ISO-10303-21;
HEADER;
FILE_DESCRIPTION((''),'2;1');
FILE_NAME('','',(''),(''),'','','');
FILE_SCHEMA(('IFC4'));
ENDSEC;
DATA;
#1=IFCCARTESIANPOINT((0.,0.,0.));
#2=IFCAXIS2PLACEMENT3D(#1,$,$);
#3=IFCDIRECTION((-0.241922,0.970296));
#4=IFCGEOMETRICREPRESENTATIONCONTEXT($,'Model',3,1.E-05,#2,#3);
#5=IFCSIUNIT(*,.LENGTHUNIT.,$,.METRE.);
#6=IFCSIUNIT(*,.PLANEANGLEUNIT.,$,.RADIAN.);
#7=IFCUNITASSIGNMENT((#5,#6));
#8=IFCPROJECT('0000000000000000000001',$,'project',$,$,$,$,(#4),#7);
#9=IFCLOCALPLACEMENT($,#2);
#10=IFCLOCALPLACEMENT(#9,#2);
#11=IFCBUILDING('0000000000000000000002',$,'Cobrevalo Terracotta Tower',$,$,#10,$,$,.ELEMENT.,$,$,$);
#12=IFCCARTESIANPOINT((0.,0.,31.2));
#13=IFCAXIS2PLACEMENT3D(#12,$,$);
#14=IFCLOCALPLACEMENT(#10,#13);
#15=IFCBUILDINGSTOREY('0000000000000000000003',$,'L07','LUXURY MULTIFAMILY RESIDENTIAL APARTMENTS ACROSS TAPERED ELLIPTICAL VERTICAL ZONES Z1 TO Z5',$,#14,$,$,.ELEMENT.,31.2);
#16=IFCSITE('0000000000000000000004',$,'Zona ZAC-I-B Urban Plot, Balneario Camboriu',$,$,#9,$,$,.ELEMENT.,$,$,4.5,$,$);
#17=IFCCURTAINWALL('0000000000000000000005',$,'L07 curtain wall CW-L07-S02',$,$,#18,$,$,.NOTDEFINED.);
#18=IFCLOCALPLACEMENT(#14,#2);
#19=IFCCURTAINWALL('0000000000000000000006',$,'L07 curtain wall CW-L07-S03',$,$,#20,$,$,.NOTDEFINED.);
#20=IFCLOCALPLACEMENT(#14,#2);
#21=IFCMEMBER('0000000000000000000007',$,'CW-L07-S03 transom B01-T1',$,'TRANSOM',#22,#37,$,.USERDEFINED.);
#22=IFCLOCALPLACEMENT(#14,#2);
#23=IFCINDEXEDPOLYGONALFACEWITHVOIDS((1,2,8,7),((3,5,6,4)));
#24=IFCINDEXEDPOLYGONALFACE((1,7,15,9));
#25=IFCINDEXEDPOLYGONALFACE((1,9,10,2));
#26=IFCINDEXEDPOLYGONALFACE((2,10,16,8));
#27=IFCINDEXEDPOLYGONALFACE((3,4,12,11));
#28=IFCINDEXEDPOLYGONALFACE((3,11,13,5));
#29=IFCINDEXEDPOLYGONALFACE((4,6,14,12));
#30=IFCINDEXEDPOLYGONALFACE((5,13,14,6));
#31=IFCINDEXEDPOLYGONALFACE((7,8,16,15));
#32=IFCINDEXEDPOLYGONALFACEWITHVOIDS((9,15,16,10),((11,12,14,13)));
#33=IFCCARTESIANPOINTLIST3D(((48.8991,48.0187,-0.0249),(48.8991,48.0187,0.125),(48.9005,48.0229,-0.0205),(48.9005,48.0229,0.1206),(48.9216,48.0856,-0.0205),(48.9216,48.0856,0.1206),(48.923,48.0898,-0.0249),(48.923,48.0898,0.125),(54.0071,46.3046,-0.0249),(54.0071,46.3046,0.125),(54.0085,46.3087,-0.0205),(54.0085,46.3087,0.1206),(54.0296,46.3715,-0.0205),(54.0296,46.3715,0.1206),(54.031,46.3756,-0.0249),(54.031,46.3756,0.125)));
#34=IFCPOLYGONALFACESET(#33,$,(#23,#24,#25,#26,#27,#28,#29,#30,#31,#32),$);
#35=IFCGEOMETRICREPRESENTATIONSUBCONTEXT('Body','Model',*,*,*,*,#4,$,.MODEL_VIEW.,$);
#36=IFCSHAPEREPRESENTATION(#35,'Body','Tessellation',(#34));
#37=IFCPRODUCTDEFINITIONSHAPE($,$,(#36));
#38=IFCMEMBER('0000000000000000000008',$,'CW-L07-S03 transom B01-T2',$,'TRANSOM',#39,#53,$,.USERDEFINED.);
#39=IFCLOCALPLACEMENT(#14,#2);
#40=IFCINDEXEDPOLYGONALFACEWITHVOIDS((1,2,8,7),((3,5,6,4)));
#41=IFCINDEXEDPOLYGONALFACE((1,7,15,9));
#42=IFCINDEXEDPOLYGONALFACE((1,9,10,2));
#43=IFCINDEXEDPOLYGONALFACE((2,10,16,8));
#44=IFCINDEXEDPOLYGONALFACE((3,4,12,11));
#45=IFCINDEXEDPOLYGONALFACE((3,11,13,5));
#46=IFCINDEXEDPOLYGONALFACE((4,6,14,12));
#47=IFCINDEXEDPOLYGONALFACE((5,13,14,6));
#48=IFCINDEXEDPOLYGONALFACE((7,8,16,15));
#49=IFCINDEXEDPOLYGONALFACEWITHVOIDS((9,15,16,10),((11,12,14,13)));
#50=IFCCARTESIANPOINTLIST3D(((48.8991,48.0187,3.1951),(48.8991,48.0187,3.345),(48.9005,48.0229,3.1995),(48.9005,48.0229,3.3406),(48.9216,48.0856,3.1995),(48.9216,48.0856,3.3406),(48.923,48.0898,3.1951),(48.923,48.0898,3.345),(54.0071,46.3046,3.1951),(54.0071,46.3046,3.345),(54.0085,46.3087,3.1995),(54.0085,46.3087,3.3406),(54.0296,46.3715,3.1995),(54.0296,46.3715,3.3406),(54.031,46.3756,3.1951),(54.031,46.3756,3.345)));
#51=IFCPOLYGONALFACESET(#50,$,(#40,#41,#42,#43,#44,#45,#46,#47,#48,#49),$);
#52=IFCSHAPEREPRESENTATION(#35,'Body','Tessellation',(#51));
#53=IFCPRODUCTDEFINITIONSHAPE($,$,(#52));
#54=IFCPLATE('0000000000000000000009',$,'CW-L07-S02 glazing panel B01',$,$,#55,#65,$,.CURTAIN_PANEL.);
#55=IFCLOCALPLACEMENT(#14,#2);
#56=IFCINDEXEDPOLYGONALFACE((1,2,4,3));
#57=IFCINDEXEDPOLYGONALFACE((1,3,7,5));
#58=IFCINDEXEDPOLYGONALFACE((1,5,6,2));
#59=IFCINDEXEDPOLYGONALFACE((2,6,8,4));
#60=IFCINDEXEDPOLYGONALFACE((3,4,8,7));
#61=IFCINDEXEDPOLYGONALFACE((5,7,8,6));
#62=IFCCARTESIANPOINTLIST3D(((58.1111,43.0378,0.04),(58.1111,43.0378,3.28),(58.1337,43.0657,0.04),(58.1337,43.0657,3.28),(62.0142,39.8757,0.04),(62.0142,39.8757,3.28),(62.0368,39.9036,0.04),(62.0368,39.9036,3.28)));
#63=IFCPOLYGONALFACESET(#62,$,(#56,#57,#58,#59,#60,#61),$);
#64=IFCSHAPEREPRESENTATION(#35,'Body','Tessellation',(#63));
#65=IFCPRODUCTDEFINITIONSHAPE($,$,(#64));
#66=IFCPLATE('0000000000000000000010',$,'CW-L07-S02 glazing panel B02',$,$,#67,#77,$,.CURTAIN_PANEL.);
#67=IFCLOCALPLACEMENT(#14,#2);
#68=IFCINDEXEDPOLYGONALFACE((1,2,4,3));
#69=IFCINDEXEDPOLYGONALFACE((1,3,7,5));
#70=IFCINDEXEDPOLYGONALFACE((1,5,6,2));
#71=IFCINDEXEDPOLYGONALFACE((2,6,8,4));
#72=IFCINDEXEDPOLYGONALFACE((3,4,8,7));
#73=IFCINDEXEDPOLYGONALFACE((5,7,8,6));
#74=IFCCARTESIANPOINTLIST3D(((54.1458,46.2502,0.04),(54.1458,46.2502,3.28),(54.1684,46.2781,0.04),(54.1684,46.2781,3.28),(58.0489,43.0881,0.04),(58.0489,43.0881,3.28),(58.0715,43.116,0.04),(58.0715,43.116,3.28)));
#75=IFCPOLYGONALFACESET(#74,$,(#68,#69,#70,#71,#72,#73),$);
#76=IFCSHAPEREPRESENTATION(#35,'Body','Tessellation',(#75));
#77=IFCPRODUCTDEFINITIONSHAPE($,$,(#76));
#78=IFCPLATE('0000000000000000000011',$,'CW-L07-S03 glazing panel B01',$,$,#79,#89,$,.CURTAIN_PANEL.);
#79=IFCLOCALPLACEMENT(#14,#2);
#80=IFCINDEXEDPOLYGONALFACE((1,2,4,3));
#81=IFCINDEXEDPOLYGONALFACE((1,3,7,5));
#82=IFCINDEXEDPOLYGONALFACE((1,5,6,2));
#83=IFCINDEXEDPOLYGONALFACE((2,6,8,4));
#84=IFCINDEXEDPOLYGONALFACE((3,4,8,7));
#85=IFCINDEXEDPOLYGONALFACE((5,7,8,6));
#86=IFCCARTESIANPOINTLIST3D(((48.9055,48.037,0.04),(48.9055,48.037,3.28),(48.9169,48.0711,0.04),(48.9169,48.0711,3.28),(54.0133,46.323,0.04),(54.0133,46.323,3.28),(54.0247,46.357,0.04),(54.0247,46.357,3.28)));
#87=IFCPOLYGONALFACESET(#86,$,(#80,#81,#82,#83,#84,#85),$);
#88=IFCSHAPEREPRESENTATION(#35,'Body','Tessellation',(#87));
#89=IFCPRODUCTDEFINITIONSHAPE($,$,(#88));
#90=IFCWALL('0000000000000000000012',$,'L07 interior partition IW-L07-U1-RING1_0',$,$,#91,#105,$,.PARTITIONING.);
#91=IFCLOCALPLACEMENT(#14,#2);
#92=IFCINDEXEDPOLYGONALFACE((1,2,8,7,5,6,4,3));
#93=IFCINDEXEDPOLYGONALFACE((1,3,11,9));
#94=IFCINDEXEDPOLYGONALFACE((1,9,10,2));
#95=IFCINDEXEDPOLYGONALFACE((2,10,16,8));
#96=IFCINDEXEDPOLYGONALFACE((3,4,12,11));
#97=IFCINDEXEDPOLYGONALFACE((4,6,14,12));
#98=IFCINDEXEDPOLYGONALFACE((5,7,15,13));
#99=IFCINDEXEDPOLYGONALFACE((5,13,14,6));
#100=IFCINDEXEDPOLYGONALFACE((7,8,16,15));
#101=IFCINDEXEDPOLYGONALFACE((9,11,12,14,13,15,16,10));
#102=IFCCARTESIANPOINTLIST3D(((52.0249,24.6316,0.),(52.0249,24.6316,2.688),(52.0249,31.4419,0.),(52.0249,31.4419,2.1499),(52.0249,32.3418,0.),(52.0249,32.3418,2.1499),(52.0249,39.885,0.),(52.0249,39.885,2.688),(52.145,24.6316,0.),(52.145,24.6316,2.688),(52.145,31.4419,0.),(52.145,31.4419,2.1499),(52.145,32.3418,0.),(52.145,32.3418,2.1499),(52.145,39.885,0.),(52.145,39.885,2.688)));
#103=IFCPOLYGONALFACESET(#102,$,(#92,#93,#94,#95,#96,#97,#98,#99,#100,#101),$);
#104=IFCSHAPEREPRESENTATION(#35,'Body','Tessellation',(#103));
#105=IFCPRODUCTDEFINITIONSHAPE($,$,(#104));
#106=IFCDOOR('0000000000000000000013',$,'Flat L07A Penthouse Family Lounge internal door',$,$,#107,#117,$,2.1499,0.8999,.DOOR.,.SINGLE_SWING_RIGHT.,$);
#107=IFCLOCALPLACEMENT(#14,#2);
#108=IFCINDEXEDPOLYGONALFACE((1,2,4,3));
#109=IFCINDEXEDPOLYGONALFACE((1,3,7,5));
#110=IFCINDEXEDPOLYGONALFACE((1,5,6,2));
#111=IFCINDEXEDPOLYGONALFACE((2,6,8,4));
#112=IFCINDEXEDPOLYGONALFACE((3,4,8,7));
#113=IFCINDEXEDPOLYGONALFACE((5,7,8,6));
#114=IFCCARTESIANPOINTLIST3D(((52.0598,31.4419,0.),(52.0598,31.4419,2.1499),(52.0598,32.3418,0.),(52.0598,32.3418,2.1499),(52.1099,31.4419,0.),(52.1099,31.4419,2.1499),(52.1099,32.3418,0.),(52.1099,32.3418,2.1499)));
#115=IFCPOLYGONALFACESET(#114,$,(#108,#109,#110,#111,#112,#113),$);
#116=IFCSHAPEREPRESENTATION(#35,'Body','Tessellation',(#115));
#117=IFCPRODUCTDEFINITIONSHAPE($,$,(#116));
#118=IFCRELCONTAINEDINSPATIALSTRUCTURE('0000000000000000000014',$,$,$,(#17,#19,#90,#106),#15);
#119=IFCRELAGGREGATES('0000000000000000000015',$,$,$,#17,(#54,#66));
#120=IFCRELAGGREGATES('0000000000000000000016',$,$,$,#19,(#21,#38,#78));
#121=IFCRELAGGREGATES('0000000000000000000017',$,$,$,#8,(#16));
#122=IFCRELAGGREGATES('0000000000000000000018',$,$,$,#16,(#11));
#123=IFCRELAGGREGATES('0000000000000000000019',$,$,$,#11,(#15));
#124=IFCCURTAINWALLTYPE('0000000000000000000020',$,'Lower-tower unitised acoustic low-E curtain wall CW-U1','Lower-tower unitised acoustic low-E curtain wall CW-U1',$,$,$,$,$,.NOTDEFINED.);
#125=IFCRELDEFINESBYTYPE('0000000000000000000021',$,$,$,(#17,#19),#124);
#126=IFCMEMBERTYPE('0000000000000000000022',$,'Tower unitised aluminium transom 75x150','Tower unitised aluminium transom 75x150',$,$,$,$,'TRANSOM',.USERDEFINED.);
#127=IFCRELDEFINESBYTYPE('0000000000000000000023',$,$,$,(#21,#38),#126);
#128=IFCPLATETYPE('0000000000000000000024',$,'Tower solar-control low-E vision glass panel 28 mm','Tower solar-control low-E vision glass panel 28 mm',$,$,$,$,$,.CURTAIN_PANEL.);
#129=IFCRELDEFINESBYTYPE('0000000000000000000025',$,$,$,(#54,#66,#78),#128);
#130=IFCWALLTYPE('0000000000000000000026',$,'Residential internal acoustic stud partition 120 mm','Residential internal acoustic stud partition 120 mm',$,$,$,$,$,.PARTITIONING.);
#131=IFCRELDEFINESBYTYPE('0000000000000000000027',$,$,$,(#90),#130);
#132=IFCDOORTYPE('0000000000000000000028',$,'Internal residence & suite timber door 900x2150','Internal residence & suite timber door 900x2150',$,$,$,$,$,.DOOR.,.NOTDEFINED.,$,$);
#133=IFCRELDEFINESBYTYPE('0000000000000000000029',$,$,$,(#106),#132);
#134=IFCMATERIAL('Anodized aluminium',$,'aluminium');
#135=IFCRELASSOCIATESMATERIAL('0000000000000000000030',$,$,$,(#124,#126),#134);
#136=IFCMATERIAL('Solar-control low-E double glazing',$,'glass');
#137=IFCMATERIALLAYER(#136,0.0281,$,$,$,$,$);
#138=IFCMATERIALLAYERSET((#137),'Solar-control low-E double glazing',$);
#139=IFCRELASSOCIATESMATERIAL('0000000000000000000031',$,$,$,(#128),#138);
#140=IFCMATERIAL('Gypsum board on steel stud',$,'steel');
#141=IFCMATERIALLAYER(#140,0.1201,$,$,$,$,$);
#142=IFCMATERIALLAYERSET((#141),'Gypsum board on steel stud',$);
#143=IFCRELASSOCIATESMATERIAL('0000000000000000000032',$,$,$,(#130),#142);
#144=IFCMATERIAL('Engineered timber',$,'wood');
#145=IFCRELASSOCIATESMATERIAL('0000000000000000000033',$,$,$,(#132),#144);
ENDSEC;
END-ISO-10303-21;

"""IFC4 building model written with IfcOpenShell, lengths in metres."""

from ifc_helpers import new_model, si_unit, direction, frame, frame_2d, origin, origin_2d, place, context, subcontext, project, spatial, rectangle, hollow_rectangle, extrude, source, transform, mapped, material, layer, layer_set, material_profile, profile_set, type_object, element, fill, aggregate, save


model = new_model("IFC4")

# Units and contexts
model_context = context("Model", 3, precision=1e-05, world=origin(), true_north=direction((-0.241922, 0.970296)))
body_context = subcontext(model_context, "Body", "Model", "MODEL_VIEW")
ifc_project = project(units=[si_unit("LENGTHUNIT", "METRE"), si_unit("PLANEANGLEUNIT", "RADIAN")], contexts=[model_context])

# Site, building, storey
site_placement = place(None, origin())
site = spatial("IfcSite", under=ifc_project, at=site_placement, Name="Zona ZAC-I-B Urban Plot, Balneario Camboriu", CompositionType="ELEMENT", RefElevation=4.5)
building_placement = place(site_placement, origin())
building = spatial("IfcBuilding", under=site, at=building_placement, Name="Cobrevalo Terracotta Tower", CompositionType="ELEMENT")
storey_placement = place(building_placement, frame((0.0, 0.0, 31.2)))
storey = spatial("IfcBuildingStorey", under=building, at=storey_placement, Name="L07", Description="LUXURY MULTIFAMILY RESIDENTIAL APARTMENTS ACROSS TAPERED ELLIPTICAL VERTICAL ZONES Z1 TO Z5", CompositionType="ELEMENT", Elevation=31.2)

# Curtain wall
ifc_material_1 = material(Name="Anodized aluminium", Category="aluminium")
curtain_wall_type = type_object("IfcCurtainWallType", Name="Lower-tower unitised acoustic low-E curtain wall CW-U1", Description="Lower-tower unitised acoustic low-E curtain wall CW-U1", PredefinedType="NOTDEFINED", material=ifc_material_1)
curtain_wall_1_placement = place(storey_placement, origin())
curtain_wall_1 = element("IfcCurtainWall", 1, at=curtain_wall_1_placement, inside=storey, type_object=curtain_wall_type, Name="L07 curtain wall CW-L07-S02", PredefinedType="NOTDEFINED")

# Curtain wall
curtain_wall_2_placement = place(storey_placement, origin())
curtain_wall_2 = element("IfcCurtainWall", 2, at=curtain_wall_2_placement, inside=storey, type_object=curtain_wall_type, Name="L07 curtain wall CW-L07-S03", PredefinedType="NOTDEFINED")

# Members
ifc_material_profile_1 = material_profile(ifc_material_1, hollow_rectangle(XDim=0.075, YDim=0.1499, WallThickness=0.0044, at=origin_2d()), Name="CWT 75x150")
ifc_profile_set_1 = profile_set([ifc_material_profile_1], Name="Anodized aluminium")
member_type_1 = type_object("IfcMemberType", Name="Tower unitised aluminium transom 75x150", Description="Tower unitised aluminium transom 75x150", ElementType="TRANSOM", PredefinedType="USERDEFINED", material=ifc_profile_set_1)
shared_shape_1 = source(origin(), body_context, "Body", "SweptSolid", [
    extrude(hollow_rectangle(XDim=0.075, YDim=0.1499, WallThickness=0.0044, at=origin_2d()), origin(), (0.0, 0.0, 1.0), 5.3879),
])
member_1_placement = place(storey_placement, frame((54.019, 46.3401, 0.05), z_axis=(-0.948042, 0.318144, 0.0), x_axis=(-0.318144, -0.948042, 0.0)))
member_1 = element("IfcMember", 3, at=member_1_placement, type_object=member_type_1, Name="CW-L07-S03 transom B01-T1", ObjectType="TRANSOM", PredefinedType="USERDEFINED", context=body_context, shape_type="MappedRepresentation", body=[
    mapped(shared_shape_1, transform((0.0, 0.0, 0.0), scale=1.0)),
])
member_2_placement = place(storey_placement, frame((54.019, 46.3401, 3.27), z_axis=(-0.948042, 0.318144, 0.0), x_axis=(-0.318144, -0.948042, 0.0)))
member_2 = element("IfcMember", 4, at=member_2_placement, type_object=member_type_1, Name="CW-L07-S03 transom B01-T2", ObjectType="TRANSOM", PredefinedType="USERDEFINED", context=body_context, shape_type="MappedRepresentation", body=[
    mapped(shared_shape_1, transform((0.0, 0.0, 0.0), scale=1.0)),
])

# Plates
ifc_material_2 = material(Name="Solar-control low-E double glazing", Category="glass")
ifc_layer_1 = layer(ifc_material_2, 0.0281)
ifc_layer_set_1 = layer_set([ifc_layer_1], Name="Solar-control low-E double glazing")
plate_type = type_object("IfcPlateType", Name="Tower solar-control low-E vision glass panel 28 mm", Description="Tower solar-control low-E vision glass panel 28 mm", PredefinedType="CURTAIN_PANEL", material=ifc_layer_set_1)
shared_shape_2 = source(origin(), body_context, "Body", "SweptSolid", [
    extrude(rectangle(XDim=5.0232, YDim=0.0359, at=origin_2d()), origin(), (0.0, 0.0, 1.0), 3.24),
])
plate_1_placement = place(storey_placement, frame((60.074, 41.4707, 0.04), z_axis=(0.0, 0.0, 1.0), x_axis=(-0.777008, 0.629491, 0.0)))
plate_1 = element("IfcPlate", 5, at=plate_1_placement, type_object=plate_type, Name="CW-L07-S02 glazing panel B01", PredefinedType="CURTAIN_PANEL", context=body_context, shape_type="MappedRepresentation", body=[
    mapped(shared_shape_2, transform((0.0, 0.0, 0.0), scale=1.0)),
])
plate_2_placement = place(storey_placement, frame((56.1086, 44.6831, 0.04), z_axis=(0.0, 0.0, 1.0), x_axis=(-0.777008, 0.629491, 0.0)))
plate_2 = element("IfcPlate", 6, at=plate_2_placement, type_object=plate_type, Name="CW-L07-S02 glazing panel B02", PredefinedType="CURTAIN_PANEL", context=body_context, shape_type="MappedRepresentation", body=[
    mapped(shared_shape_2, transform((0.0, 0.0, 0.0), scale=1.0)),
])
aggregate(curtain_wall_1, [plate_1, plate_2])
shared_shape_3 = source(origin(), body_context, "Body", "SweptSolid", [
    extrude(rectangle(XDim=5.3877, YDim=0.0359, at=origin_2d()), origin(), (0.0, 0.0, 1.0), 3.24),
])
plate_3_placement = place(storey_placement, frame((51.4651, 47.197, 0.04), z_axis=(0.0, 0.0, 1.0), x_axis=(-0.948044, 0.318139, 0.0)))
plate_3 = element("IfcPlate", 7, at=plate_3_placement, type_object=plate_type, Name="CW-L07-S03 glazing panel B01", PredefinedType="CURTAIN_PANEL", context=body_context, shape_type="MappedRepresentation", body=[
    mapped(shared_shape_3, transform((0.0, 0.0, 0.0), scale=1.0)),
])
aggregate(curtain_wall_2, [member_1, member_2, plate_3])

# Wall, opening, door
ifc_material_3 = material(Name="Gypsum board on steel stud", Category="steel")
ifc_layer_2 = layer(ifc_material_3, 0.1201)
ifc_layer_set_2 = layer_set([ifc_layer_2], Name="Gypsum board on steel stud")
wall_type = type_object("IfcWallType", Name="Residential internal acoustic stud partition 120 mm", Description="Residential internal acoustic stud partition 120 mm", PredefinedType="PARTITIONING", material=ifc_layer_set_2)
wall_placement = place(storey_placement, frame((52.085, 39.885, 0.0), z_axis=(0.0, 0.0, 1.0), x_axis=(0.0, -1.0, 0.0)))
wall = element("IfcWall", 8, at=wall_placement, inside=storey, type_object=wall_type, Name="L07 interior partition IW-L07-U1-RING1_0", PredefinedType="PARTITIONING", context=body_context, shape_type="SweptSolid", body=[
    extrude(rectangle(XDim=15.2534, YDim=0.1201, at=frame_2d((7.6267, 0.0))), origin(), (0.0, 0.0, 1.0), 2.688),
])
opening_placement = place(wall_placement, frame((7.5432, 0.0, 0.0)))
opening = element("IfcOpeningElement", 9, at=opening_placement, cuts=wall, PredefinedType="OPENING", context=body_context, shape_type="SweptSolid", body=[
    extrude(rectangle(XDim=0.8999, YDim=2.1499, at=frame_2d((0.45, 1.075))), frame((0.0, 0.0701, 0.0), z_axis=(0.0, -1.0, 0.0), x_axis=(1.0, 0.0, 0.0)), (0.0, 0.0, 1.0), 0.1401),
])
ifc_material_4 = material(Name="Engineered timber", Category="wood")
door_type = type_object("IfcDoorType", Name="Internal residence & suite timber door 900x2150", Description="Internal residence & suite timber door 900x2150", OperationType="NOTDEFINED", PredefinedType="DOOR", material=ifc_material_4)
shared_shape_4 = source(origin(), body_context, "Body", "SweptSolid", [
    extrude(rectangle(XDim=0.8999, YDim=2.1499, at=frame_2d((0.45, 1.075))), frame((0.0, 0.0249, 0.0), z_axis=(0.0, -1.0, 0.0), x_axis=(1.0, 0.0, 0.0)), (0.0, 0.0, 1.0), 0.05),
])
door_placement = place(opening_placement, origin())
door = element("IfcDoor", 10, at=door_placement, inside=storey, type_object=door_type, Name="Flat L07A Penthouse Family Lounge internal door", OperationType="SINGLE_SWING_RIGHT", OverallHeight=2.1499, OverallWidth=0.8999, PredefinedType="DOOR", context=body_context, shape_type="MappedRepresentation", body=[
    mapped(shared_shape_4, transform((0.0, 0.0, 0.0), scale=1.0)),
])
fill(opening, door)

save(model, "model.ifc")
